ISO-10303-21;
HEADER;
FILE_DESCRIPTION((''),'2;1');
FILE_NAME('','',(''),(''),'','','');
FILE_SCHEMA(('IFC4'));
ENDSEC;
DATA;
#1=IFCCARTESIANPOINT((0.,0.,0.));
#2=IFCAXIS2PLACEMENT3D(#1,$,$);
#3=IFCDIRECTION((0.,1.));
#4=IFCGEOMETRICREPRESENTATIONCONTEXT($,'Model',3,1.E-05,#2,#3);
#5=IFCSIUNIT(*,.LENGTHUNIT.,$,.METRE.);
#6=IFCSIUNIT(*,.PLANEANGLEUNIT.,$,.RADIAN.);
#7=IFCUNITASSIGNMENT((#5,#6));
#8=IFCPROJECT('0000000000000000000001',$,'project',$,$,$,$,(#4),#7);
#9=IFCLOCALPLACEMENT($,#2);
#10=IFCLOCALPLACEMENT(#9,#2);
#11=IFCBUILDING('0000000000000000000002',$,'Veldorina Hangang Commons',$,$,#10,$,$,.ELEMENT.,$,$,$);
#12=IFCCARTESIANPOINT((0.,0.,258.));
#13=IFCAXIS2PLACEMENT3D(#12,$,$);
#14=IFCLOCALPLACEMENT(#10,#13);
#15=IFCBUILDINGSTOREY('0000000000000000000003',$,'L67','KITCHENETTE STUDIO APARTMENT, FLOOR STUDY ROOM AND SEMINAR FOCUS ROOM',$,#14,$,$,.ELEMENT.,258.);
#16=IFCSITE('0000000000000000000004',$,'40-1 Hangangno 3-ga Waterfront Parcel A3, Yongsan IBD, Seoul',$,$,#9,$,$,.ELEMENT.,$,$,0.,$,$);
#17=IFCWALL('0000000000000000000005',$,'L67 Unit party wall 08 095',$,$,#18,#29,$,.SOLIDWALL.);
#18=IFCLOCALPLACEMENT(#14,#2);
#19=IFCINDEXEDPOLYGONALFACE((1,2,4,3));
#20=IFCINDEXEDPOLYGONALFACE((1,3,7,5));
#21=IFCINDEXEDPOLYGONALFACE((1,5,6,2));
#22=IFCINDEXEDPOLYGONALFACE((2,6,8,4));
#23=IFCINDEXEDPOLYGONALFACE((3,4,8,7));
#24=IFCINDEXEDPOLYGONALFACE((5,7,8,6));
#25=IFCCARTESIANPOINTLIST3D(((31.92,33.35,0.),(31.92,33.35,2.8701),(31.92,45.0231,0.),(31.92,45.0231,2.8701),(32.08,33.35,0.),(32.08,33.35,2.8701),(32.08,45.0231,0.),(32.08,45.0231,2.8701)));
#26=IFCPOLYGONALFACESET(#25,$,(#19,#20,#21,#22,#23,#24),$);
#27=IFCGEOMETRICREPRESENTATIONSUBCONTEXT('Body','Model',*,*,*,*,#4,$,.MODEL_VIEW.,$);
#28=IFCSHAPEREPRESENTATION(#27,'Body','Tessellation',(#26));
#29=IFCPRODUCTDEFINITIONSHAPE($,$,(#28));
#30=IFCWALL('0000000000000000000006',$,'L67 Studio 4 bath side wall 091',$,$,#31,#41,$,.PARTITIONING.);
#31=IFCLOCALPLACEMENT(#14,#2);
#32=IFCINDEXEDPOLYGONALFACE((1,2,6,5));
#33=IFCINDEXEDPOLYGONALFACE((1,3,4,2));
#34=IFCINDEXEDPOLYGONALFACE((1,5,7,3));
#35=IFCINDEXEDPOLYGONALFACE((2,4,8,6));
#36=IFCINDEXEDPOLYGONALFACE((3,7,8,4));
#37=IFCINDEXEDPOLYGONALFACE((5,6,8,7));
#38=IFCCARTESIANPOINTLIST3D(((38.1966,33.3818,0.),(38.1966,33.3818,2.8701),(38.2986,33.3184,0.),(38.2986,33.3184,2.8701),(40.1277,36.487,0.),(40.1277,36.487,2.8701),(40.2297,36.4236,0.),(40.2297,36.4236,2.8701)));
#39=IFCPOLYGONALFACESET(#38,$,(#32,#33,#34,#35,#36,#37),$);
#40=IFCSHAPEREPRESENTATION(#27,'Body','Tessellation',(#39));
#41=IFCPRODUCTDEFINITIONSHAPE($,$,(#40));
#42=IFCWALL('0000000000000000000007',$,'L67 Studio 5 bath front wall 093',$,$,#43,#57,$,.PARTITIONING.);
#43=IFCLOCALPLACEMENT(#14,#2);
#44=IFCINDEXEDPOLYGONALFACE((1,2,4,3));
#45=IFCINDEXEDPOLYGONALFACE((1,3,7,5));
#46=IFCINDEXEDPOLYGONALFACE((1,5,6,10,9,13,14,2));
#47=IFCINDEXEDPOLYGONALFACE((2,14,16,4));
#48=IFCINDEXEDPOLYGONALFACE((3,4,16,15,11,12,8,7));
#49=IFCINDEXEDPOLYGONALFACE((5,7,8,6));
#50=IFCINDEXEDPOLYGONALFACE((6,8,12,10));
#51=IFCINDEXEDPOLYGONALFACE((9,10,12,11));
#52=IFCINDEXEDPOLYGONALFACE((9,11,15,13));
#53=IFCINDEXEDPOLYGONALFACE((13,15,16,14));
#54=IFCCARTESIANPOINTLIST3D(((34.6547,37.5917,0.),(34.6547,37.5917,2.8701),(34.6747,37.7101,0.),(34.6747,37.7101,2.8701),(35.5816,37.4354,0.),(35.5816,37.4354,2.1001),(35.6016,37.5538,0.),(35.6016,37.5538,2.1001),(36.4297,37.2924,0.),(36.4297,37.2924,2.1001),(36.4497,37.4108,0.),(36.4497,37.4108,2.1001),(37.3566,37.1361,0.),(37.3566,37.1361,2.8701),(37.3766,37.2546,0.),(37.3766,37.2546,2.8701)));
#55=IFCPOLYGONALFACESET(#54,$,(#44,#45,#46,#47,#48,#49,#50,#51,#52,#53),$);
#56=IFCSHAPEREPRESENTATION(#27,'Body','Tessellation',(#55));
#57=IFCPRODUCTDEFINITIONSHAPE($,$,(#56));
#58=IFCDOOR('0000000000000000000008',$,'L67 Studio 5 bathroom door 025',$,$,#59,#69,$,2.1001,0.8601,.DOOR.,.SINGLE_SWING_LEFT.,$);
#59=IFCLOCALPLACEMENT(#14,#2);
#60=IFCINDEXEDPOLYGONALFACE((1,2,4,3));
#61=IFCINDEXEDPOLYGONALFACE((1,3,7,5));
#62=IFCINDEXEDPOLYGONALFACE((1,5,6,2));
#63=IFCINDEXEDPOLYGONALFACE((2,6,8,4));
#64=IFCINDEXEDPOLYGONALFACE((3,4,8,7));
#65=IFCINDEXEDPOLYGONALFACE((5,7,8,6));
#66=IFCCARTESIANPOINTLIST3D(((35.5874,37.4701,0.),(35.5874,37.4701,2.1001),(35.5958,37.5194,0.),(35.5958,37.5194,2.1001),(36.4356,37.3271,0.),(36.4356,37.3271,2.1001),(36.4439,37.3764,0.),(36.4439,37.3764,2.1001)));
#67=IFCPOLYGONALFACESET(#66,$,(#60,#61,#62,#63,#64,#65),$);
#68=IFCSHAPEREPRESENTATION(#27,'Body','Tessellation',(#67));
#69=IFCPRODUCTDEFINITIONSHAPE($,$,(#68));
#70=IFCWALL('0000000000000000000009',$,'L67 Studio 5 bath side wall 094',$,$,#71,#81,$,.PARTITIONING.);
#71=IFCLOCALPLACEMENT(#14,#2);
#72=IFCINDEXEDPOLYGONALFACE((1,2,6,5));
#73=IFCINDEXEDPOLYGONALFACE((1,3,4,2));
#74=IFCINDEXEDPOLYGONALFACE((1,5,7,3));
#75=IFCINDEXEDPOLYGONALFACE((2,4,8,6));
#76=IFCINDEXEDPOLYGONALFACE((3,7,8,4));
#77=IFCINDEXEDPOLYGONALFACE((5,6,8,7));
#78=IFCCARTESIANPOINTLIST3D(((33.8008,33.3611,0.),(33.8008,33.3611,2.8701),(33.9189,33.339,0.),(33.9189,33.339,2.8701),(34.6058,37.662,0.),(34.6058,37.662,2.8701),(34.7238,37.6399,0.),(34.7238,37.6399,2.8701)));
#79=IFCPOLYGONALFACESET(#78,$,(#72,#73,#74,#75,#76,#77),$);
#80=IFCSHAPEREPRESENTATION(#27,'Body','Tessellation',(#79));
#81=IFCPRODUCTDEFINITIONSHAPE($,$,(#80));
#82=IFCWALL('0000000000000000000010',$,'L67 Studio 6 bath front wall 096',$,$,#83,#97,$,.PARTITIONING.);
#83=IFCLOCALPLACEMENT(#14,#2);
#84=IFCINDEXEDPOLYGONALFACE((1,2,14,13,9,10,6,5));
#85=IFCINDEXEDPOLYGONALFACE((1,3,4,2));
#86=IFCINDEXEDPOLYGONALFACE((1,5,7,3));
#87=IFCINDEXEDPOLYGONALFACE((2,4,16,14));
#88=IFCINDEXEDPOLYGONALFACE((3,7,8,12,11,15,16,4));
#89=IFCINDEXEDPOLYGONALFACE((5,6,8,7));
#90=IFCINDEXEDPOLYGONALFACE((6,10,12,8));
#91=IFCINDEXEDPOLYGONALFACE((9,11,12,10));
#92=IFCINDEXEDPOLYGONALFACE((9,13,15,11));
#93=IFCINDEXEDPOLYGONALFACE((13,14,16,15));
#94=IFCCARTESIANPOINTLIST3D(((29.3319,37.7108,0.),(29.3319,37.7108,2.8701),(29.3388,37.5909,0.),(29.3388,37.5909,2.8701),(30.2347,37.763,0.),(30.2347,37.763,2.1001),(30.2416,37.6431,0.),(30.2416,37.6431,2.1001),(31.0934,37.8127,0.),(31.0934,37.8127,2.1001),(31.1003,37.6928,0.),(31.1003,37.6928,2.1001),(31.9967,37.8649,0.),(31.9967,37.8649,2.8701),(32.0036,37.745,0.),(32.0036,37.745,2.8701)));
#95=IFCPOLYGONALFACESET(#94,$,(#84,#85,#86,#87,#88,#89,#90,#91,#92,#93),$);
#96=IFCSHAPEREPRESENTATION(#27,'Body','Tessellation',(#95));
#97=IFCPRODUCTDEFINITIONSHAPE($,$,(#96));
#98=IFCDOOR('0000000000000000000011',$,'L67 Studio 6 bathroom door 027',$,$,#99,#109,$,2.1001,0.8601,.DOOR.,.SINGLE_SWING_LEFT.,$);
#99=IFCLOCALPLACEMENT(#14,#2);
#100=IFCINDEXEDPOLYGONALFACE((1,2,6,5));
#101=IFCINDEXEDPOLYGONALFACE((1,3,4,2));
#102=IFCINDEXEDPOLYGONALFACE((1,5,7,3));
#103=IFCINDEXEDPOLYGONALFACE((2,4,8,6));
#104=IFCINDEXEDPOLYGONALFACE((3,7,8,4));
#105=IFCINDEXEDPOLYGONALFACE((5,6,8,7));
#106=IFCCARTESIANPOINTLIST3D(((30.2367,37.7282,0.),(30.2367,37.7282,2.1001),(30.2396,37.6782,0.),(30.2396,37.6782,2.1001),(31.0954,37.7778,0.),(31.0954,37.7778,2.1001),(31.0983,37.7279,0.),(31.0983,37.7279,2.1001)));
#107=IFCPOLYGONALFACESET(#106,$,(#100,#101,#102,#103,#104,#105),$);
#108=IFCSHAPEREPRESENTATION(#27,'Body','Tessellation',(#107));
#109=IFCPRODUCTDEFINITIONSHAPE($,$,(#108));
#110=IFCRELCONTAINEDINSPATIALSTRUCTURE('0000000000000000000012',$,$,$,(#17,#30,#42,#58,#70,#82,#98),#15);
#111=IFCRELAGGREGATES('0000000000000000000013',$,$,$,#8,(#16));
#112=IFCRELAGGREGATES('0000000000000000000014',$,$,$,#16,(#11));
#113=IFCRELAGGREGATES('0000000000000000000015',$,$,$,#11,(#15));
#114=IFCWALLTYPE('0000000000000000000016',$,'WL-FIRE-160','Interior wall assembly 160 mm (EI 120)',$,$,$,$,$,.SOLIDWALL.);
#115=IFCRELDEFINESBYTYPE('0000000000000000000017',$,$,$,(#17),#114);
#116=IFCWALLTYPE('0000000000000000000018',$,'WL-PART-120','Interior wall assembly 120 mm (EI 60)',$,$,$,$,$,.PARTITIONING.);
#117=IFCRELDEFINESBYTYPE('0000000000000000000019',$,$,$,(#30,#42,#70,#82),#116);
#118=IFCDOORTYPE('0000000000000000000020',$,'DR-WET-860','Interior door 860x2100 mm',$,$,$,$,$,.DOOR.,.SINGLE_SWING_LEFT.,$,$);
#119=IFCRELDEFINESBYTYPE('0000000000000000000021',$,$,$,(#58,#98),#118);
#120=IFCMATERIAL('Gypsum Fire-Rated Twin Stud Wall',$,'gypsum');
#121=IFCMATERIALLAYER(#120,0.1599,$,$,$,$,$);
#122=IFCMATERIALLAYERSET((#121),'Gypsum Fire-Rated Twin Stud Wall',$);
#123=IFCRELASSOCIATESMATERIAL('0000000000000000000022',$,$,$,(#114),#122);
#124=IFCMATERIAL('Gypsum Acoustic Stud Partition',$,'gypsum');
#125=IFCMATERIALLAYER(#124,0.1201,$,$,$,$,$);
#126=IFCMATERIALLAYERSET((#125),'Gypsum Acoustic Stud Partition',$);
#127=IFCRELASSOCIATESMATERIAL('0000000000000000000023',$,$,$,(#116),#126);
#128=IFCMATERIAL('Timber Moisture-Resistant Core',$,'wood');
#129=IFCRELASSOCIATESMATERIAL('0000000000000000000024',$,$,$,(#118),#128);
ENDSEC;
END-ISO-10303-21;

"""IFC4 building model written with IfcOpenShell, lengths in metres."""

from ifc_helpers import new_model, si_unit, direction, frame, frame_2d, origin, place, context, subcontext, project, spatial, rectangle, extrude, material, layer, layer_set, type_object, element, fill, save


model = new_model("IFC4")

# Units and contexts
model_context = context("Model", 3, precision=1e-05, world=origin(), true_north=direction((0.0, 1.0)))
body_context = subcontext(model_context, "Body", "Model", "MODEL_VIEW")
ifc_project = project(units=[si_unit("LENGTHUNIT", "METRE"), si_unit("PLANEANGLEUNIT", "RADIAN")], contexts=[model_context])

# Site, building, storey
site_placement = place(None, origin())
site = spatial("IfcSite", under=ifc_project, at=site_placement, Name="40-1 Hangangno 3-ga Waterfront Parcel A3, Yongsan IBD, Seoul", CompositionType="ELEMENT", RefElevation=0.0)
building_placement = place(site_placement, origin())
building = spatial("IfcBuilding", under=site, at=building_placement, Name="Veldorina Hangang Commons", CompositionType="ELEMENT")
storey_placement = place(building_placement, frame((0.0, 0.0, 258.0)))
storey = spatial("IfcBuildingStorey", under=building, at=storey_placement, Name="L67", Description="KITCHENETTE STUDIO APARTMENT, FLOOR STUDY ROOM AND SEMINAR FOCUS ROOM", CompositionType="ELEMENT", Elevation=258.0)

# Shared definitions
ifc_material_1 = material(Name="Gypsum Fire-Rated Twin Stud Wall", Category="gypsum")
ifc_layer_1 = layer(ifc_material_1, 0.1599)
ifc_layer_set_1 = layer_set([ifc_layer_1], Name="Gypsum Fire-Rated Twin Stud Wall")
wall_type_1 = type_object("IfcWallType", Name="WL-FIRE-160", Description="Interior wall assembly 160 mm (EI 120)", PredefinedType="SOLIDWALL", material=ifc_layer_set_1)

# Walls
wall_1_placement = place(storey_placement, frame((32.0, 33.3501, 0.0), z_axis=(0.0, 0.0, 1.0), x_axis=(0.0, 1.0, 0.0)))
element("IfcWall", 1, at=wall_1_placement, inside=storey, type_object=wall_type_1, Name="L67 Unit party wall 08 095", PredefinedType="SOLIDWALL", context=body_context, shape_type="SweptSolid", body=[
    extrude(rectangle(XDim=11.6731, YDim=0.1599, at=frame_2d((5.8364, 0.0))), origin(), (0.0, 0.0, 1.0), 2.8701),
])
ifc_material_2 = material(Name="Gypsum Acoustic Stud Partition", Category="gypsum")
ifc_layer_2 = layer(ifc_material_2, 0.1201)
ifc_layer_set_2 = layer_set([ifc_layer_2], Name="Gypsum Acoustic Stud Partition")
wall_type_2 = type_object("IfcWallType", Name="WL-PART-120", Description="Interior wall assembly 120 mm (EI 60)", PredefinedType="PARTITIONING", material=ifc_layer_set_2)
wall_2_placement = place(storey_placement, frame((38.2476, 33.3501, 0.0), z_axis=(0.0, 0.0, 1.0), x_axis=(0.528107, 0.849178, 0.0)))
element("IfcWall", 2, at=wall_2_placement, inside=storey, type_object=wall_type_2, Name="L67 Studio 4 bath side wall 091", PredefinedType="PARTITIONING", context=body_context, shape_type="SweptSolid", body=[
    extrude(rectangle(XDim=3.6567, YDim=0.1201, at=frame_2d((1.8284, 0.0))), origin(), (0.0, 0.0, 1.0), 2.8701),
])

# Wall, opening, door
wall_3_placement = place(storey_placement, frame((37.3667, 37.1953, 0.0), z_axis=(0.0, 0.0, 1.0), x_axis=(-0.986082, 0.166263, 0.0)))
wall_3 = element("IfcWall", 3, at=wall_3_placement, inside=storey, type_object=wall_type_2, Name="L67 Studio 5 bath front wall 093", PredefinedType="PARTITIONING", context=body_context, shape_type="SweptSolid", body=[
    extrude(rectangle(XDim=2.74, YDim=0.1201, at=frame_2d((1.3701, 0.0))), origin(), (0.0, 0.0, 1.0), 2.8701),
])
opening_1_placement = place(wall_3_placement, frame((0.9399, 0.0, 0.0)))
opening_1 = element("IfcOpeningElement", 4, at=opening_1_placement, cuts=wall_3, PredefinedType="OPENING", context=body_context, shape_type="SweptSolid", body=[
    extrude(rectangle(XDim=0.8601, YDim=2.1001, at=frame_2d((0.4302, 1.05))), frame((0.0, 0.0701, 0.0), z_axis=(0.0, -1.0, 0.0), x_axis=(1.0, 0.0, 0.0)), (0.0, 0.0, 1.0), 0.1401),
])
ifc_material_3 = material(Name="Timber Moisture-Resistant Core", Category="wood")
door_type_1 = type_object("IfcDoorType", Name="DR-WET-860", Description="Interior door 860x2100 mm", OperationType="SINGLE_SWING_LEFT", PredefinedType="DOOR", material=ifc_material_3)
door_1_placement = place(opening_1_placement, origin())
door_1 = element("IfcDoor", 5, at=door_1_placement, inside=storey, type_object=door_type_1, Name="L67 Studio 5 bathroom door 025", OperationType="SINGLE_SWING_LEFT", OverallHeight=2.1001, OverallWidth=0.8601, PredefinedType="DOOR", context=body_context, shape_type="SweptSolid", body=[
    extrude(rectangle(XDim=0.8601, YDim=2.1001, at=frame_2d((0.4302, 1.05))), frame((0.0, 0.0249, 0.0), z_axis=(0.0, -1.0, 0.0), x_axis=(1.0, 0.0, 0.0)), (0.0, 0.0, 1.0), 0.05),
])
fill(opening_1, door_1)

# Wall
wall_4_placement = place(storey_placement, frame((33.8599, 33.3501, 0.0), z_axis=(0.0, 0.0, 1.0), x_axis=(0.183965, 0.982933, 0.0)))
element("IfcWall", 6, at=wall_4_placement, inside=storey, type_object=wall_type_2, Name="L67 Studio 5 bath side wall 094", PredefinedType="PARTITIONING", context=body_context, shape_type="SweptSolid", body=[
    extrude(rectangle(XDim=4.3755, YDim=0.1201, at=frame_2d((2.1877, 0.0))), origin(), (0.0, 0.0, 1.0), 2.8701),
])

# Wall, opening, door
wall_5_placement = place(storey_placement, frame((32.0, 37.8049, 0.0), z_axis=(0.0, 0.0, 1.0), x_axis=(-0.998333, -0.057714, 0.0)))
wall_5 = element("IfcWall", 7, at=wall_5_placement, inside=storey, type_object=wall_type_2, Name="L67 Studio 6 bath front wall 096", PredefinedType="PARTITIONING", context=body_context, shape_type="SweptSolid", body=[
    extrude(rectangle(XDim=2.6692, YDim=0.1201, at=frame_2d((1.3345, 0.0))), origin(), (0.0, 0.0, 1.0), 2.8701),
])
opening_2_placement = place(wall_5_placement, frame((0.9045, 0.0, 0.0)))
opening_2 = element("IfcOpeningElement", 8, at=opening_2_placement, cuts=wall_5, PredefinedType="OPENING", context=body_context, shape_type="SweptSolid", body=[
    extrude(rectangle(XDim=0.8601, YDim=2.1001, at=frame_2d((0.4302, 1.05))), frame((0.0, 0.0701, 0.0), z_axis=(0.0, -1.0, 0.0), x_axis=(1.0, 0.0, 0.0)), (0.0, 0.0, 1.0), 0.1401),
])
door_2_placement = place(opening_2_placement, origin())
door_2 = element("IfcDoor", 9, at=door_2_placement, inside=storey, type_object=door_type_1, Name="L67 Studio 6 bathroom door 027", OperationType="SINGLE_SWING_LEFT", OverallHeight=2.1001, OverallWidth=0.8601, PredefinedType="DOOR", context=body_context, shape_type="SweptSolid", body=[
    extrude(rectangle(XDim=0.8601, YDim=2.1001, at=frame_2d((0.4302, 1.05))), frame((0.0, 0.0249, 0.0), z_axis=(0.0, -1.0, 0.0), x_axis=(1.0, 0.0, 0.0)), (0.0, 0.0, 1.0), 0.05),
])
fill(opening_2, door_2)

save(model, "model.ifc")
